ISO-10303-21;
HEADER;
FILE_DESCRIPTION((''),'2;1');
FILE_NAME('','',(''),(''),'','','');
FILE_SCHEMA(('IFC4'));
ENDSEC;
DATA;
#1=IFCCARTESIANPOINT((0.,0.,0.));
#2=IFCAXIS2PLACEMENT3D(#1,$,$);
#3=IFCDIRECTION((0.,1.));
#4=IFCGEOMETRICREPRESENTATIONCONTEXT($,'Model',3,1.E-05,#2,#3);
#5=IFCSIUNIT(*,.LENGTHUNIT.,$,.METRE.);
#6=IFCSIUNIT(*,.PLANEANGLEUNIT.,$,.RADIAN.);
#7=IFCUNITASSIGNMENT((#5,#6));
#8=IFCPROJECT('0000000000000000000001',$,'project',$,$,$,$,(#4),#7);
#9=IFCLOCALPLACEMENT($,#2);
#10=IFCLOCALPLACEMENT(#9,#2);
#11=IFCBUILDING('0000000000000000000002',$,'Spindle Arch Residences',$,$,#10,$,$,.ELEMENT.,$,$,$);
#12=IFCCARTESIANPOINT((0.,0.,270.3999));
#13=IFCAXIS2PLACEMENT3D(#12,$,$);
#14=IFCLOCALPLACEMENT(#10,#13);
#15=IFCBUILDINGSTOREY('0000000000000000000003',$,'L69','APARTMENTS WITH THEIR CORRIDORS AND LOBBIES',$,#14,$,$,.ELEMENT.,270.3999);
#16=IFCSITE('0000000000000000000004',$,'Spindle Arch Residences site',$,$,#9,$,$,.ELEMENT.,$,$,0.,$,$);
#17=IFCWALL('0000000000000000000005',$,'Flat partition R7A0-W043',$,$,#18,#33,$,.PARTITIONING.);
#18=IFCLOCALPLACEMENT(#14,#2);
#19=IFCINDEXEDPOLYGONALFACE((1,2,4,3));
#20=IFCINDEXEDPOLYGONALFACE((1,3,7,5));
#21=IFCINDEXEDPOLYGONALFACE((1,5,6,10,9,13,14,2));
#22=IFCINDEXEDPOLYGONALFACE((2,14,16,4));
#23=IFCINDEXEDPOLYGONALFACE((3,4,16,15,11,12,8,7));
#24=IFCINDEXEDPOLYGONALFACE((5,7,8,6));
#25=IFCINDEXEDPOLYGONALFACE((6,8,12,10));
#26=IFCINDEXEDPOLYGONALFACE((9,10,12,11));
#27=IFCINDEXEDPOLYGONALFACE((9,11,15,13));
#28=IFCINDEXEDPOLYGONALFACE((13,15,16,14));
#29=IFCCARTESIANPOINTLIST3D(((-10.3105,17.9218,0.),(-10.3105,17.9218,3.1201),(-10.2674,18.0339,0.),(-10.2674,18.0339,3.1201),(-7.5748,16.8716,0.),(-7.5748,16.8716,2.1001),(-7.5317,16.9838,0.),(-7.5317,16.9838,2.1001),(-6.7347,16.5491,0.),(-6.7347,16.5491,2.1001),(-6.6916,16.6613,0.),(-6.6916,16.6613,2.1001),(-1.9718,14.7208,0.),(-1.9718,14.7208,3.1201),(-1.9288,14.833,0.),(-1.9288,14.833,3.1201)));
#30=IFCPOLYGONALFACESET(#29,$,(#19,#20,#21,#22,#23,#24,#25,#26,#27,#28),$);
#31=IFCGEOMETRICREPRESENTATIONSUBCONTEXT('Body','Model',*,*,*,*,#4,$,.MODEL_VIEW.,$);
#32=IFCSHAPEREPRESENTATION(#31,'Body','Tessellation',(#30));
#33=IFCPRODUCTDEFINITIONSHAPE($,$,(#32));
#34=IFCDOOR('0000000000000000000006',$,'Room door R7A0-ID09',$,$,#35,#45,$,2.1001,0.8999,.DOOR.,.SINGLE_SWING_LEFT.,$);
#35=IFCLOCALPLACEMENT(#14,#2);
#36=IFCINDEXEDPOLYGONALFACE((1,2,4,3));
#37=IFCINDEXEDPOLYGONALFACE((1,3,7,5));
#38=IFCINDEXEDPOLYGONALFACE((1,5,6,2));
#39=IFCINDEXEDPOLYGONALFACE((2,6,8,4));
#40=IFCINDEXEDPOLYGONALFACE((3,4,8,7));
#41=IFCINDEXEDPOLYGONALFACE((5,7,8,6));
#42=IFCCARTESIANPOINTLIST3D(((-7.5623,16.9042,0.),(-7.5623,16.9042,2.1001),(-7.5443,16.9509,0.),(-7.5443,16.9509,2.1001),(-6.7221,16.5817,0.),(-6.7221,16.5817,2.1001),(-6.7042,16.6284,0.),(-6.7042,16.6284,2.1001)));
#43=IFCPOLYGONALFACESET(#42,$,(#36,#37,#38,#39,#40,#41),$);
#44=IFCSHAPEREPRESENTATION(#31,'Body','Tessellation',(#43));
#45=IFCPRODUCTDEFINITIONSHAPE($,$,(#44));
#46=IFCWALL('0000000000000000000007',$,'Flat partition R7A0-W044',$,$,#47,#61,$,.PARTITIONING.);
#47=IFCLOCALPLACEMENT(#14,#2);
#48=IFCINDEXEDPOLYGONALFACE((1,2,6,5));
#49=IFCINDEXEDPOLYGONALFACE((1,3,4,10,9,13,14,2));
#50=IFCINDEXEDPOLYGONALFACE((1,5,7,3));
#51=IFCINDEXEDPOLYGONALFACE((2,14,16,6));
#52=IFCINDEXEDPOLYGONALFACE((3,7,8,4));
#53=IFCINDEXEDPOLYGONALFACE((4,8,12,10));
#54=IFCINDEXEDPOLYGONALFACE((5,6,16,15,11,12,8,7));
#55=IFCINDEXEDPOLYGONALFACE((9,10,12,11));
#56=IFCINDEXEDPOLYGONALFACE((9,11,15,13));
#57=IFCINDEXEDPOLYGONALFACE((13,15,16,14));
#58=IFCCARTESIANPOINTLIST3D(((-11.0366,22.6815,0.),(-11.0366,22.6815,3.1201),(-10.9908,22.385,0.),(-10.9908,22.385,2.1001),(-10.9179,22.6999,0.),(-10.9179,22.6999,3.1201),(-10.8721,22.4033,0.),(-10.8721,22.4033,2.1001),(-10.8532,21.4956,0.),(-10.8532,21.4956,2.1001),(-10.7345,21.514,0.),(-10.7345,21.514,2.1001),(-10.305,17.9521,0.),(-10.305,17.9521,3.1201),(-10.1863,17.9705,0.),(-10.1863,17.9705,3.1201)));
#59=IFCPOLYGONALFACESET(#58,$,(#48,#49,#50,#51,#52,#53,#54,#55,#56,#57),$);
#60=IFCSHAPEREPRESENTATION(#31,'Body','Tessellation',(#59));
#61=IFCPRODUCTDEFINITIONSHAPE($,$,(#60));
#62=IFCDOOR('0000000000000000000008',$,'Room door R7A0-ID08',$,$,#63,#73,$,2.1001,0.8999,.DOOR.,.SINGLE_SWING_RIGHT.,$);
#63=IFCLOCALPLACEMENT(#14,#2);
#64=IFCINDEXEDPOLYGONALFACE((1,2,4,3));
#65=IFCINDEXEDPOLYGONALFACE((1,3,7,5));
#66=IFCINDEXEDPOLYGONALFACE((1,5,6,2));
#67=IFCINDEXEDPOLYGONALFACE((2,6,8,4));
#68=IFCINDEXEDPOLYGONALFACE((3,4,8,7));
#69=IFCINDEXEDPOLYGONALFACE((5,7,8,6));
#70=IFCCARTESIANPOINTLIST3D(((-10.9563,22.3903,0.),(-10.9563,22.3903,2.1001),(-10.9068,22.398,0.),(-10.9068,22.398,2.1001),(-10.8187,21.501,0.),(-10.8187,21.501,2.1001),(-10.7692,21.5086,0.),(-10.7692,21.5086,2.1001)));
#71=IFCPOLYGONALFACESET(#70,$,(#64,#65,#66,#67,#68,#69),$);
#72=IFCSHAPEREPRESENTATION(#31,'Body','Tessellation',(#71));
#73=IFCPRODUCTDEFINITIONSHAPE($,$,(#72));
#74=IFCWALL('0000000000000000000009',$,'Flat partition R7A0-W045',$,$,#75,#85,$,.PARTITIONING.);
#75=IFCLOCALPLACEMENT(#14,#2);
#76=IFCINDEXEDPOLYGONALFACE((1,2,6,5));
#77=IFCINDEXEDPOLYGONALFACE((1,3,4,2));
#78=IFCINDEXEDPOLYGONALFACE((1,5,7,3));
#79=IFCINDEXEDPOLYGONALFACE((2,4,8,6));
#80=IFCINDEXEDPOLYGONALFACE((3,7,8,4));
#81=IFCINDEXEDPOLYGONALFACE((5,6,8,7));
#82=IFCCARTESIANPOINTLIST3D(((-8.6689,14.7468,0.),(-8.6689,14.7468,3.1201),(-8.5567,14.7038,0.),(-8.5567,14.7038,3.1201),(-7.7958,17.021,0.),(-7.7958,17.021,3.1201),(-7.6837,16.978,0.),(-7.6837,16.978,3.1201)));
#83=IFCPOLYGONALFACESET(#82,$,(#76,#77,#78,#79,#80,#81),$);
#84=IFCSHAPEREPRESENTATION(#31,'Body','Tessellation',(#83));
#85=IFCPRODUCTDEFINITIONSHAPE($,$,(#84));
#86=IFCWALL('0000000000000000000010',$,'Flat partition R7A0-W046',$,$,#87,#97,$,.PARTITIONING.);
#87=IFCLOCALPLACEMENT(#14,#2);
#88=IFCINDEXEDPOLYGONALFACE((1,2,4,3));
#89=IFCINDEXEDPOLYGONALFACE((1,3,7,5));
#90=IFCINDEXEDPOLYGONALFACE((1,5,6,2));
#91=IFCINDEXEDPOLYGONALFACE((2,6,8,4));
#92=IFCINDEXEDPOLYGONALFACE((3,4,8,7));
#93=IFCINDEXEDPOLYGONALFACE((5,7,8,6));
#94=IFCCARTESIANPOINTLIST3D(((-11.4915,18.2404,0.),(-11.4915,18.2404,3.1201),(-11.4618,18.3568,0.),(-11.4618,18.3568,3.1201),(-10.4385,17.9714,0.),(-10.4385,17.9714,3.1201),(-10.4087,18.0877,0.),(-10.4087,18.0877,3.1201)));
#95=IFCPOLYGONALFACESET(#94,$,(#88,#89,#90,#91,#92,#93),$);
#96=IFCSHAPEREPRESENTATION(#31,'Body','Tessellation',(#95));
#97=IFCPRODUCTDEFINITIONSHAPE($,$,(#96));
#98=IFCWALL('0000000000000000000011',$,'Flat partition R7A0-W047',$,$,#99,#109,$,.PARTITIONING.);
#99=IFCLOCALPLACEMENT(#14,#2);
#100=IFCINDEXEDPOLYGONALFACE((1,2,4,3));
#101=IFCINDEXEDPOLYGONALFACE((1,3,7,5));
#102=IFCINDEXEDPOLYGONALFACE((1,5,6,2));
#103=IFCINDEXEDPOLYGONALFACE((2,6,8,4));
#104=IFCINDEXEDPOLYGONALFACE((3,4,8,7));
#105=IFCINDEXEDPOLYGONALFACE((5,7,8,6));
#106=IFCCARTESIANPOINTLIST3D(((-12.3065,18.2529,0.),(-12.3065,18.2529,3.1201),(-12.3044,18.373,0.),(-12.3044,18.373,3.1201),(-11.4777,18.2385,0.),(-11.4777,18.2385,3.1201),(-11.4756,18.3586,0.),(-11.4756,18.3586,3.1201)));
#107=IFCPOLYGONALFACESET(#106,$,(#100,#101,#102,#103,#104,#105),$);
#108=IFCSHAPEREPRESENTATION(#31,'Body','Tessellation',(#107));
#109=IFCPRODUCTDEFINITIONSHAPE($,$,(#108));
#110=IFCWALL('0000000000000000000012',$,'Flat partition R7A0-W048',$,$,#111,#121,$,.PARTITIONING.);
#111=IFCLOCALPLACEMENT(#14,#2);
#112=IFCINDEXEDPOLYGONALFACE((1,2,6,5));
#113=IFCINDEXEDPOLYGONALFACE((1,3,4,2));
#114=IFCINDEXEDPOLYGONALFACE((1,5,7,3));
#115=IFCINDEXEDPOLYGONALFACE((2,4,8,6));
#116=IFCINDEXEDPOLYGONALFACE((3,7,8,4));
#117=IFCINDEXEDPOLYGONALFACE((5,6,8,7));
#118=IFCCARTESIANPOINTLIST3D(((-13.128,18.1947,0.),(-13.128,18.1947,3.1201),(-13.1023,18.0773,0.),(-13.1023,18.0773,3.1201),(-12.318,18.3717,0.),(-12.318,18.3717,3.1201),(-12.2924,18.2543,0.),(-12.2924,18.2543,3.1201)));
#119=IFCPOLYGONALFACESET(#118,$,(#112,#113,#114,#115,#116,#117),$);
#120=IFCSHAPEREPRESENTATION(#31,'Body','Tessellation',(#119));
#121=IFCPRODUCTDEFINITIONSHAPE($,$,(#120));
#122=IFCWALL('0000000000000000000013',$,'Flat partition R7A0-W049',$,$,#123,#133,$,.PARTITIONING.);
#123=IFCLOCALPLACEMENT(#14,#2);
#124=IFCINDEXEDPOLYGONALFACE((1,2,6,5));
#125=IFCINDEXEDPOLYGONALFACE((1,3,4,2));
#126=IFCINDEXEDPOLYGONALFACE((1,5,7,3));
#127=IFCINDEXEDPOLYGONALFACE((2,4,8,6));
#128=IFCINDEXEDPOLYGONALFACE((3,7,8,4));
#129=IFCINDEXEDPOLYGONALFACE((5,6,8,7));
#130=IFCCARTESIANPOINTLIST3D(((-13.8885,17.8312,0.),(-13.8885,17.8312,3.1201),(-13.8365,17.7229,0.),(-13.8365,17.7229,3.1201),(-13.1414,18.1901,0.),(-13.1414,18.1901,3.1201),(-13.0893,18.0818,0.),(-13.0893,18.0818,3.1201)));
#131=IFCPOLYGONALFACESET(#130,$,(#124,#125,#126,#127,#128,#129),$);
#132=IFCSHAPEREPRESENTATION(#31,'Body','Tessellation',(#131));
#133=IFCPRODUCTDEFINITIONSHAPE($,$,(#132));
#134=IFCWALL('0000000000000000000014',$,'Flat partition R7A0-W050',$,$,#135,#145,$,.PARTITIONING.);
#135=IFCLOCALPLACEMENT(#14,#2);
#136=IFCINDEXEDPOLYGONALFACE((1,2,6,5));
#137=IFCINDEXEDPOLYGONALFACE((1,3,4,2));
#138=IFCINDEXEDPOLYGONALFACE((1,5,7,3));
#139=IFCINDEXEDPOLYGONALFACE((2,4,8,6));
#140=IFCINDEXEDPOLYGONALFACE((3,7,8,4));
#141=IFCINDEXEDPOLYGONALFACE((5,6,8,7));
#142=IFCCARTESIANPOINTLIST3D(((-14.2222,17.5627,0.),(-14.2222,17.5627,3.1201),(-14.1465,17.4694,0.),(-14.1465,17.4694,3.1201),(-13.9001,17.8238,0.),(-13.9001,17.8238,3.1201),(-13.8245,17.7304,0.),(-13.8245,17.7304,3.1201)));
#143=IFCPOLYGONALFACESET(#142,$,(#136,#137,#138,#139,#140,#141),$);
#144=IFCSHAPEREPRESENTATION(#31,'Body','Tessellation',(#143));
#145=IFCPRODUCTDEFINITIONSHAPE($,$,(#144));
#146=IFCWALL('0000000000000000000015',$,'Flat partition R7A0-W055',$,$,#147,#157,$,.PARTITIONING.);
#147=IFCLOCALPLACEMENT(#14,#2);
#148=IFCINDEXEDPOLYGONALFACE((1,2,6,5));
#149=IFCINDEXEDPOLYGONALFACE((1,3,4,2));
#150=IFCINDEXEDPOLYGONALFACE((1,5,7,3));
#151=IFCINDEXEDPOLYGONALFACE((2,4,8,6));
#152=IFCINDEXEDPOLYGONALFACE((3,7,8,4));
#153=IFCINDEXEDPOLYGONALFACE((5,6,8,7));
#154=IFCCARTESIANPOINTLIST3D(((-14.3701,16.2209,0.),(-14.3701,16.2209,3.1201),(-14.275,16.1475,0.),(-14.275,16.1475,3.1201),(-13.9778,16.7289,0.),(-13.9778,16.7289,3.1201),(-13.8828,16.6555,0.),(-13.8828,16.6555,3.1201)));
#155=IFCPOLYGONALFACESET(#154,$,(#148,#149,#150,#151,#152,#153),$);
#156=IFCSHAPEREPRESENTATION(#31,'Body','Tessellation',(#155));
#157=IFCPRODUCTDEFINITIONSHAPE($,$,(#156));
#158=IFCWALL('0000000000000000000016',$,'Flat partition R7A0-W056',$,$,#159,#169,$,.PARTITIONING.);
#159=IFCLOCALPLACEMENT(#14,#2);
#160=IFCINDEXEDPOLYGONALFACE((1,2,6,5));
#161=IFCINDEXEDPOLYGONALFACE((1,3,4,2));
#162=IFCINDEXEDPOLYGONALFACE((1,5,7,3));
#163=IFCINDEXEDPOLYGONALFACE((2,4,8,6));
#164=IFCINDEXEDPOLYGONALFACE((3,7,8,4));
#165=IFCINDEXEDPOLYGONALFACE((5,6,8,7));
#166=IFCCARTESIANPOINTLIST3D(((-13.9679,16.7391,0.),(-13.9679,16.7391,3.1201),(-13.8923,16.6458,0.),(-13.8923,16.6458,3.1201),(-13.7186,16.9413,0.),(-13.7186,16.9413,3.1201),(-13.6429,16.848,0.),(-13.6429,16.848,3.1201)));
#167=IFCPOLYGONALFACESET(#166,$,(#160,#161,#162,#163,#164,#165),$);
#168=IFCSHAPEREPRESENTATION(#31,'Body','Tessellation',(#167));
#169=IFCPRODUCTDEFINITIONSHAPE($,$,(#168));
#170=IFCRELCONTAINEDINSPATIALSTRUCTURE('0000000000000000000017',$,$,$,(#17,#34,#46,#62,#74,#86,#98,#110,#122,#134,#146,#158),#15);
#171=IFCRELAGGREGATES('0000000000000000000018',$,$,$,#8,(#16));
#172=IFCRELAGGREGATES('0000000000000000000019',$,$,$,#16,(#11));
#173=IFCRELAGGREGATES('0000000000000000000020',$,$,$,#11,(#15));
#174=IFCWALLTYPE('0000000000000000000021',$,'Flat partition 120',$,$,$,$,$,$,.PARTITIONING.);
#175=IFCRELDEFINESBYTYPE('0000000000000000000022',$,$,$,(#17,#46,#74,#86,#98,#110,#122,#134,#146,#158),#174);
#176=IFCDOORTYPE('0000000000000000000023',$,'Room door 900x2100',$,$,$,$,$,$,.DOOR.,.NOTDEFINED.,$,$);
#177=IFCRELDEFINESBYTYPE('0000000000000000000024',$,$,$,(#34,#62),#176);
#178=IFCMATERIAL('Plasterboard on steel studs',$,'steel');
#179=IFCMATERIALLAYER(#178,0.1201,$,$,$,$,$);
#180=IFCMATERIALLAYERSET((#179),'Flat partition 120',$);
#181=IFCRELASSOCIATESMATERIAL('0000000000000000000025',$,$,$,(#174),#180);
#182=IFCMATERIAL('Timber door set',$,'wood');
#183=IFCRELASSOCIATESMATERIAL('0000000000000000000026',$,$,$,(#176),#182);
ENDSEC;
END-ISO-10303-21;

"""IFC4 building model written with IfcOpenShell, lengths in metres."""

from ifc_helpers import new_model, si_unit, direction, frame, frame_2d, origin, place, context, subcontext, project, spatial, rectangle, extrude, material, layer, layer_set, type_object, element, fill, save


model = new_model("IFC4")

# Units and contexts
model_context = context("Model", 3, precision=1e-05, world=origin(), true_north=direction((0.0, 1.0)))
body_context = subcontext(model_context, "Body", "Model", "MODEL_VIEW")
ifc_project = project(units=[si_unit("LENGTHUNIT", "METRE"), si_unit("PLANEANGLEUNIT", "RADIAN")], contexts=[model_context])

# Site, building, storey
site_placement = place(None, origin())
site = spatial("IfcSite", under=ifc_project, at=site_placement, Name="Spindle Arch Residences site", CompositionType="ELEMENT", RefElevation=0.0)
building_placement = place(site_placement, origin())
building = spatial("IfcBuilding", under=site, at=building_placement, Name="Spindle Arch Residences", CompositionType="ELEMENT")
storey_placement = place(building_placement, frame((0.0, 0.0, 270.3999)))
storey = spatial("IfcBuildingStorey", under=building, at=storey_placement, Name="L69", Description="APARTMENTS WITH THEIR CORRIDORS AND LOBBIES", CompositionType="ELEMENT", Elevation=270.3999)

# Shared definitions
ifc_material_1 = material(Name="Plasterboard on steel studs", Category="steel")
ifc_layer_1 = layer(ifc_material_1, 0.1201)
ifc_layer_set_1 = layer_set([ifc_layer_1], Name="Flat partition 120")
wall_type = type_object("IfcWallType", Name="Flat partition 120", PredefinedType="PARTITIONING", material=ifc_layer_set_1)

# Walls, openings, doors
wall_1_placement = place(storey_placement, frame((-10.2888, 17.9778, 0.0), z_axis=(0.0, 0.0, 1.0), x_axis=(0.933579, -0.358371, 0.0)))
wall_1 = element("IfcWall", 1, at=wall_1_placement, inside=storey, type_object=wall_type, Name="Flat partition R7A0-W043", PredefinedType="PARTITIONING", context=body_context, shape_type="SweptSolid", body=[
    extrude(rectangle(XDim=8.9319, YDim=0.1201, at=frame_2d((4.4658, 0.0))), origin(), (0.0, 0.0, 1.0), 3.1201),
])
opening_1_placement = place(wall_1_placement, frame((2.9302, 0.0, 0.0)))
opening_1 = element("IfcOpeningElement", 2, at=opening_1_placement, cuts=wall_1, PredefinedType="OPENING", context=body_context, shape_type="SweptSolid", body=[
    extrude(rectangle(XDim=0.8999, YDim=2.1001, at=frame_2d((0.45, 1.05))), frame((0.0, 0.0701, 0.0), z_axis=(0.0, -1.0, 0.0), x_axis=(1.0, 0.0, 0.0)), (0.0, 0.0, 1.0), 0.1401),
])
ifc_material_2 = material(Name="Timber door set", Category="wood")
door_type = type_object("IfcDoorType", Name="Room door 900x2100", OperationType="NOTDEFINED", PredefinedType="DOOR", material=ifc_material_2)
door_1_placement = place(opening_1_placement, origin())
door_1 = element("IfcDoor", 3, at=door_1_placement, inside=storey, type_object=door_type, Name="Room door R7A0-ID09", OperationType="SINGLE_SWING_LEFT", OverallHeight=2.1001, OverallWidth=0.8999, PredefinedType="DOOR", context=body_context, shape_type="SweptSolid", body=[
    extrude(rectangle(XDim=0.8999, YDim=2.1001, at=frame_2d((0.45, 1.05))), frame((0.0, 0.0249, 0.0), z_axis=(0.0, -1.0, 0.0), x_axis=(1.0, 0.0, 0.0)), (0.0, 0.0, 1.0), 0.05),
])
fill(opening_1, door_1)
wall_2_placement = place(storey_placement, frame((-10.9773, 22.6907, 0.0), z_axis=(0.0, 0.0, 1.0), x_axis=(0.152889, -0.988243, 0.0)))
wall_2 = element("IfcWall", 4, at=wall_2_placement, inside=storey, type_object=wall_type, Name="Flat partition R7A0-W044", PredefinedType="PARTITIONING", context=body_context, shape_type="SweptSolid", body=[
    extrude(rectangle(XDim=4.7856, YDim=0.1201, at=frame_2d((2.3928, 0.0))), origin(), (0.0, 0.0, 1.0), 3.1201),
])
opening_2_placement = place(wall_2_placement, frame((0.3, 0.0, 0.0)))
opening_2 = element("IfcOpeningElement", 5, at=opening_2_placement, cuts=wall_2, PredefinedType="OPENING", context=body_context, shape_type="SweptSolid", body=[
    extrude(rectangle(XDim=0.8999, YDim=2.1001, at=frame_2d((0.45, 1.05))), frame((0.0, 0.0701, 0.0), z_axis=(0.0, -1.0, 0.0), x_axis=(1.0, 0.0, 0.0)), (0.0, 0.0, 1.0), 0.1401),
])
door_2_placement = place(opening_2_placement, origin())
door_2 = element("IfcDoor", 6, at=door_2_placement, inside=storey, type_object=door_type, Name="Room door R7A0-ID08", OperationType="SINGLE_SWING_RIGHT", OverallHeight=2.1001, OverallWidth=0.8999, PredefinedType="DOOR", context=body_context, shape_type="SweptSolid", body=[
    extrude(rectangle(XDim=0.8999, YDim=2.1001, at=frame_2d((0.45, 1.05))), frame((0.0, 0.0249, 0.0), z_axis=(0.0, -1.0, 0.0), x_axis=(1.0, 0.0, 0.0)), (0.0, 0.0, 1.0), 0.05),
])
fill(opening_2, door_2)

# Walls
wall_3_placement = place(storey_placement, frame((-7.7397, 16.9995, 0.0), z_axis=(0.0, 0.0, 1.0), x_axis=(-0.358395, -0.93357, 0.0)))
element("IfcWall", 7, at=wall_3_placement, inside=storey, type_object=wall_type, Name="Flat partition R7A0-W045", PredefinedType="PARTITIONING", context=body_context, shape_type="SweptSolid", body=[
    extrude(rectangle(XDim=2.436, YDim=0.1201, at=frame_2d((1.218, 0.0))), origin(), (0.0, 0.0, 1.0), 3.1201),
])
wall_4_placement = place(storey_placement, frame((-10.4236, 18.0295, 0.0), z_axis=(0.0, 0.0, 1.0), x_axis=(-0.968874, 0.247554, 0.0)))
element("IfcWall", 8, at=wall_4_placement, inside=storey, type_object=wall_type, Name="Flat partition R7A0-W046", PredefinedType="PARTITIONING", context=body_context, shape_type="SweptSolid", body=[
    extrude(rectangle(XDim=1.0869, YDim=0.1201, at=frame_2d((0.5435, 0.0))), origin(), (0.0, 0.0, 1.0), 3.1201),
])
wall_5_placement = place(storey_placement, frame((-11.4766, 18.2986, 0.0), z_axis=(0.0, 0.0, 1.0), x_axis=(-0.999849, 0.017381, 0.0)))
element("IfcWall", 9, at=wall_5_placement, inside=storey, type_object=wall_type, Name="Flat partition R7A0-W047", PredefinedType="PARTITIONING", context=body_context, shape_type="SweptSolid", body=[
    extrude(rectangle(XDim=0.8289, YDim=0.1201, at=frame_2d((0.4146, 0.0))), origin(), (0.0, 0.0, 1.0), 3.1201),
])
wall_6_placement = place(storey_placement, frame((-12.3052, 18.313, 0.0), z_axis=(0.0, 0.0, 1.0), x_axis=(-0.97695, -0.213469, 0.0)))
element("IfcWall", 10, at=wall_6_placement, inside=storey, type_object=wall_type, Name="Flat partition R7A0-W048", PredefinedType="PARTITIONING", context=body_context, shape_type="SweptSolid", body=[
    extrude(rectangle(XDim=0.8291, YDim=0.1201, at=frame_2d((0.4146, 0.0))), origin(), (0.0, 0.0, 1.0), 3.1201),
])
wall_7_placement = place(storey_placement, frame((-13.1152, 18.136, 0.0), z_axis=(0.0, 0.0, 1.0), x_axis=(-0.901385, -0.433018, 0.0)))
element("IfcWall", 11, at=wall_7_placement, inside=storey, type_object=wall_type, Name="Flat partition R7A0-W049", PredefinedType="PARTITIONING", context=body_context, shape_type="SweptSolid", body=[
    extrude(rectangle(XDim=0.8289, YDim=0.1201, at=frame_2d((0.4146, 0.0))), origin(), (0.0, 0.0, 1.0), 3.1201),
])
wall_8_placement = place(storey_placement, frame((-13.8623, 17.7771, 0.0), z_axis=(0.0, 0.0, 1.0), x_axis=(-0.776888, -0.629639, 0.0)))
element("IfcWall", 12, at=wall_8_placement, inside=storey, type_object=wall_type, Name="Flat partition R7A0-W050", PredefinedType="PARTITIONING", context=body_context, shape_type="SweptSolid", body=[
    extrude(rectangle(XDim=0.4146, YDim=0.1201, at=frame_2d((0.2073, 0.0))), origin(), (0.0, 0.0, 1.0), 3.1201),
])
wall_9_placement = place(storey_placement, frame((-14.3225, 16.1843, 0.0), z_axis=(0.0, 0.0, 1.0), x_axis=(0.611199, 0.791477, 0.0)))
element("IfcWall", 13, at=wall_9_placement, inside=storey, type_object=wall_type, Name="Flat partition R7A0-W055", PredefinedType="PARTITIONING", context=body_context, shape_type="SweptSolid", body=[
    extrude(rectangle(XDim=0.6418, YDim=0.1201, at=frame_2d((0.3208, 0.0))), origin(), (0.0, 0.0, 1.0), 3.1201),
])
wall_10_placement = place(storey_placement, frame((-13.9302, 16.6924, 0.0), z_axis=(0.0, 0.0, 1.0), x_axis=(0.776695, 0.629876, 0.0)))
element("IfcWall", 14, at=wall_10_placement, inside=storey, type_object=wall_type, Name="Flat partition R7A0-W056", PredefinedType="PARTITIONING", context=body_context, shape_type="SweptSolid", body=[
    extrude(rectangle(XDim=0.321, YDim=0.1201, at=frame_2d((0.1606, 0.0))), origin(), (0.0, 0.0, 1.0), 3.1201),
])

save(model, "model.ifc")
